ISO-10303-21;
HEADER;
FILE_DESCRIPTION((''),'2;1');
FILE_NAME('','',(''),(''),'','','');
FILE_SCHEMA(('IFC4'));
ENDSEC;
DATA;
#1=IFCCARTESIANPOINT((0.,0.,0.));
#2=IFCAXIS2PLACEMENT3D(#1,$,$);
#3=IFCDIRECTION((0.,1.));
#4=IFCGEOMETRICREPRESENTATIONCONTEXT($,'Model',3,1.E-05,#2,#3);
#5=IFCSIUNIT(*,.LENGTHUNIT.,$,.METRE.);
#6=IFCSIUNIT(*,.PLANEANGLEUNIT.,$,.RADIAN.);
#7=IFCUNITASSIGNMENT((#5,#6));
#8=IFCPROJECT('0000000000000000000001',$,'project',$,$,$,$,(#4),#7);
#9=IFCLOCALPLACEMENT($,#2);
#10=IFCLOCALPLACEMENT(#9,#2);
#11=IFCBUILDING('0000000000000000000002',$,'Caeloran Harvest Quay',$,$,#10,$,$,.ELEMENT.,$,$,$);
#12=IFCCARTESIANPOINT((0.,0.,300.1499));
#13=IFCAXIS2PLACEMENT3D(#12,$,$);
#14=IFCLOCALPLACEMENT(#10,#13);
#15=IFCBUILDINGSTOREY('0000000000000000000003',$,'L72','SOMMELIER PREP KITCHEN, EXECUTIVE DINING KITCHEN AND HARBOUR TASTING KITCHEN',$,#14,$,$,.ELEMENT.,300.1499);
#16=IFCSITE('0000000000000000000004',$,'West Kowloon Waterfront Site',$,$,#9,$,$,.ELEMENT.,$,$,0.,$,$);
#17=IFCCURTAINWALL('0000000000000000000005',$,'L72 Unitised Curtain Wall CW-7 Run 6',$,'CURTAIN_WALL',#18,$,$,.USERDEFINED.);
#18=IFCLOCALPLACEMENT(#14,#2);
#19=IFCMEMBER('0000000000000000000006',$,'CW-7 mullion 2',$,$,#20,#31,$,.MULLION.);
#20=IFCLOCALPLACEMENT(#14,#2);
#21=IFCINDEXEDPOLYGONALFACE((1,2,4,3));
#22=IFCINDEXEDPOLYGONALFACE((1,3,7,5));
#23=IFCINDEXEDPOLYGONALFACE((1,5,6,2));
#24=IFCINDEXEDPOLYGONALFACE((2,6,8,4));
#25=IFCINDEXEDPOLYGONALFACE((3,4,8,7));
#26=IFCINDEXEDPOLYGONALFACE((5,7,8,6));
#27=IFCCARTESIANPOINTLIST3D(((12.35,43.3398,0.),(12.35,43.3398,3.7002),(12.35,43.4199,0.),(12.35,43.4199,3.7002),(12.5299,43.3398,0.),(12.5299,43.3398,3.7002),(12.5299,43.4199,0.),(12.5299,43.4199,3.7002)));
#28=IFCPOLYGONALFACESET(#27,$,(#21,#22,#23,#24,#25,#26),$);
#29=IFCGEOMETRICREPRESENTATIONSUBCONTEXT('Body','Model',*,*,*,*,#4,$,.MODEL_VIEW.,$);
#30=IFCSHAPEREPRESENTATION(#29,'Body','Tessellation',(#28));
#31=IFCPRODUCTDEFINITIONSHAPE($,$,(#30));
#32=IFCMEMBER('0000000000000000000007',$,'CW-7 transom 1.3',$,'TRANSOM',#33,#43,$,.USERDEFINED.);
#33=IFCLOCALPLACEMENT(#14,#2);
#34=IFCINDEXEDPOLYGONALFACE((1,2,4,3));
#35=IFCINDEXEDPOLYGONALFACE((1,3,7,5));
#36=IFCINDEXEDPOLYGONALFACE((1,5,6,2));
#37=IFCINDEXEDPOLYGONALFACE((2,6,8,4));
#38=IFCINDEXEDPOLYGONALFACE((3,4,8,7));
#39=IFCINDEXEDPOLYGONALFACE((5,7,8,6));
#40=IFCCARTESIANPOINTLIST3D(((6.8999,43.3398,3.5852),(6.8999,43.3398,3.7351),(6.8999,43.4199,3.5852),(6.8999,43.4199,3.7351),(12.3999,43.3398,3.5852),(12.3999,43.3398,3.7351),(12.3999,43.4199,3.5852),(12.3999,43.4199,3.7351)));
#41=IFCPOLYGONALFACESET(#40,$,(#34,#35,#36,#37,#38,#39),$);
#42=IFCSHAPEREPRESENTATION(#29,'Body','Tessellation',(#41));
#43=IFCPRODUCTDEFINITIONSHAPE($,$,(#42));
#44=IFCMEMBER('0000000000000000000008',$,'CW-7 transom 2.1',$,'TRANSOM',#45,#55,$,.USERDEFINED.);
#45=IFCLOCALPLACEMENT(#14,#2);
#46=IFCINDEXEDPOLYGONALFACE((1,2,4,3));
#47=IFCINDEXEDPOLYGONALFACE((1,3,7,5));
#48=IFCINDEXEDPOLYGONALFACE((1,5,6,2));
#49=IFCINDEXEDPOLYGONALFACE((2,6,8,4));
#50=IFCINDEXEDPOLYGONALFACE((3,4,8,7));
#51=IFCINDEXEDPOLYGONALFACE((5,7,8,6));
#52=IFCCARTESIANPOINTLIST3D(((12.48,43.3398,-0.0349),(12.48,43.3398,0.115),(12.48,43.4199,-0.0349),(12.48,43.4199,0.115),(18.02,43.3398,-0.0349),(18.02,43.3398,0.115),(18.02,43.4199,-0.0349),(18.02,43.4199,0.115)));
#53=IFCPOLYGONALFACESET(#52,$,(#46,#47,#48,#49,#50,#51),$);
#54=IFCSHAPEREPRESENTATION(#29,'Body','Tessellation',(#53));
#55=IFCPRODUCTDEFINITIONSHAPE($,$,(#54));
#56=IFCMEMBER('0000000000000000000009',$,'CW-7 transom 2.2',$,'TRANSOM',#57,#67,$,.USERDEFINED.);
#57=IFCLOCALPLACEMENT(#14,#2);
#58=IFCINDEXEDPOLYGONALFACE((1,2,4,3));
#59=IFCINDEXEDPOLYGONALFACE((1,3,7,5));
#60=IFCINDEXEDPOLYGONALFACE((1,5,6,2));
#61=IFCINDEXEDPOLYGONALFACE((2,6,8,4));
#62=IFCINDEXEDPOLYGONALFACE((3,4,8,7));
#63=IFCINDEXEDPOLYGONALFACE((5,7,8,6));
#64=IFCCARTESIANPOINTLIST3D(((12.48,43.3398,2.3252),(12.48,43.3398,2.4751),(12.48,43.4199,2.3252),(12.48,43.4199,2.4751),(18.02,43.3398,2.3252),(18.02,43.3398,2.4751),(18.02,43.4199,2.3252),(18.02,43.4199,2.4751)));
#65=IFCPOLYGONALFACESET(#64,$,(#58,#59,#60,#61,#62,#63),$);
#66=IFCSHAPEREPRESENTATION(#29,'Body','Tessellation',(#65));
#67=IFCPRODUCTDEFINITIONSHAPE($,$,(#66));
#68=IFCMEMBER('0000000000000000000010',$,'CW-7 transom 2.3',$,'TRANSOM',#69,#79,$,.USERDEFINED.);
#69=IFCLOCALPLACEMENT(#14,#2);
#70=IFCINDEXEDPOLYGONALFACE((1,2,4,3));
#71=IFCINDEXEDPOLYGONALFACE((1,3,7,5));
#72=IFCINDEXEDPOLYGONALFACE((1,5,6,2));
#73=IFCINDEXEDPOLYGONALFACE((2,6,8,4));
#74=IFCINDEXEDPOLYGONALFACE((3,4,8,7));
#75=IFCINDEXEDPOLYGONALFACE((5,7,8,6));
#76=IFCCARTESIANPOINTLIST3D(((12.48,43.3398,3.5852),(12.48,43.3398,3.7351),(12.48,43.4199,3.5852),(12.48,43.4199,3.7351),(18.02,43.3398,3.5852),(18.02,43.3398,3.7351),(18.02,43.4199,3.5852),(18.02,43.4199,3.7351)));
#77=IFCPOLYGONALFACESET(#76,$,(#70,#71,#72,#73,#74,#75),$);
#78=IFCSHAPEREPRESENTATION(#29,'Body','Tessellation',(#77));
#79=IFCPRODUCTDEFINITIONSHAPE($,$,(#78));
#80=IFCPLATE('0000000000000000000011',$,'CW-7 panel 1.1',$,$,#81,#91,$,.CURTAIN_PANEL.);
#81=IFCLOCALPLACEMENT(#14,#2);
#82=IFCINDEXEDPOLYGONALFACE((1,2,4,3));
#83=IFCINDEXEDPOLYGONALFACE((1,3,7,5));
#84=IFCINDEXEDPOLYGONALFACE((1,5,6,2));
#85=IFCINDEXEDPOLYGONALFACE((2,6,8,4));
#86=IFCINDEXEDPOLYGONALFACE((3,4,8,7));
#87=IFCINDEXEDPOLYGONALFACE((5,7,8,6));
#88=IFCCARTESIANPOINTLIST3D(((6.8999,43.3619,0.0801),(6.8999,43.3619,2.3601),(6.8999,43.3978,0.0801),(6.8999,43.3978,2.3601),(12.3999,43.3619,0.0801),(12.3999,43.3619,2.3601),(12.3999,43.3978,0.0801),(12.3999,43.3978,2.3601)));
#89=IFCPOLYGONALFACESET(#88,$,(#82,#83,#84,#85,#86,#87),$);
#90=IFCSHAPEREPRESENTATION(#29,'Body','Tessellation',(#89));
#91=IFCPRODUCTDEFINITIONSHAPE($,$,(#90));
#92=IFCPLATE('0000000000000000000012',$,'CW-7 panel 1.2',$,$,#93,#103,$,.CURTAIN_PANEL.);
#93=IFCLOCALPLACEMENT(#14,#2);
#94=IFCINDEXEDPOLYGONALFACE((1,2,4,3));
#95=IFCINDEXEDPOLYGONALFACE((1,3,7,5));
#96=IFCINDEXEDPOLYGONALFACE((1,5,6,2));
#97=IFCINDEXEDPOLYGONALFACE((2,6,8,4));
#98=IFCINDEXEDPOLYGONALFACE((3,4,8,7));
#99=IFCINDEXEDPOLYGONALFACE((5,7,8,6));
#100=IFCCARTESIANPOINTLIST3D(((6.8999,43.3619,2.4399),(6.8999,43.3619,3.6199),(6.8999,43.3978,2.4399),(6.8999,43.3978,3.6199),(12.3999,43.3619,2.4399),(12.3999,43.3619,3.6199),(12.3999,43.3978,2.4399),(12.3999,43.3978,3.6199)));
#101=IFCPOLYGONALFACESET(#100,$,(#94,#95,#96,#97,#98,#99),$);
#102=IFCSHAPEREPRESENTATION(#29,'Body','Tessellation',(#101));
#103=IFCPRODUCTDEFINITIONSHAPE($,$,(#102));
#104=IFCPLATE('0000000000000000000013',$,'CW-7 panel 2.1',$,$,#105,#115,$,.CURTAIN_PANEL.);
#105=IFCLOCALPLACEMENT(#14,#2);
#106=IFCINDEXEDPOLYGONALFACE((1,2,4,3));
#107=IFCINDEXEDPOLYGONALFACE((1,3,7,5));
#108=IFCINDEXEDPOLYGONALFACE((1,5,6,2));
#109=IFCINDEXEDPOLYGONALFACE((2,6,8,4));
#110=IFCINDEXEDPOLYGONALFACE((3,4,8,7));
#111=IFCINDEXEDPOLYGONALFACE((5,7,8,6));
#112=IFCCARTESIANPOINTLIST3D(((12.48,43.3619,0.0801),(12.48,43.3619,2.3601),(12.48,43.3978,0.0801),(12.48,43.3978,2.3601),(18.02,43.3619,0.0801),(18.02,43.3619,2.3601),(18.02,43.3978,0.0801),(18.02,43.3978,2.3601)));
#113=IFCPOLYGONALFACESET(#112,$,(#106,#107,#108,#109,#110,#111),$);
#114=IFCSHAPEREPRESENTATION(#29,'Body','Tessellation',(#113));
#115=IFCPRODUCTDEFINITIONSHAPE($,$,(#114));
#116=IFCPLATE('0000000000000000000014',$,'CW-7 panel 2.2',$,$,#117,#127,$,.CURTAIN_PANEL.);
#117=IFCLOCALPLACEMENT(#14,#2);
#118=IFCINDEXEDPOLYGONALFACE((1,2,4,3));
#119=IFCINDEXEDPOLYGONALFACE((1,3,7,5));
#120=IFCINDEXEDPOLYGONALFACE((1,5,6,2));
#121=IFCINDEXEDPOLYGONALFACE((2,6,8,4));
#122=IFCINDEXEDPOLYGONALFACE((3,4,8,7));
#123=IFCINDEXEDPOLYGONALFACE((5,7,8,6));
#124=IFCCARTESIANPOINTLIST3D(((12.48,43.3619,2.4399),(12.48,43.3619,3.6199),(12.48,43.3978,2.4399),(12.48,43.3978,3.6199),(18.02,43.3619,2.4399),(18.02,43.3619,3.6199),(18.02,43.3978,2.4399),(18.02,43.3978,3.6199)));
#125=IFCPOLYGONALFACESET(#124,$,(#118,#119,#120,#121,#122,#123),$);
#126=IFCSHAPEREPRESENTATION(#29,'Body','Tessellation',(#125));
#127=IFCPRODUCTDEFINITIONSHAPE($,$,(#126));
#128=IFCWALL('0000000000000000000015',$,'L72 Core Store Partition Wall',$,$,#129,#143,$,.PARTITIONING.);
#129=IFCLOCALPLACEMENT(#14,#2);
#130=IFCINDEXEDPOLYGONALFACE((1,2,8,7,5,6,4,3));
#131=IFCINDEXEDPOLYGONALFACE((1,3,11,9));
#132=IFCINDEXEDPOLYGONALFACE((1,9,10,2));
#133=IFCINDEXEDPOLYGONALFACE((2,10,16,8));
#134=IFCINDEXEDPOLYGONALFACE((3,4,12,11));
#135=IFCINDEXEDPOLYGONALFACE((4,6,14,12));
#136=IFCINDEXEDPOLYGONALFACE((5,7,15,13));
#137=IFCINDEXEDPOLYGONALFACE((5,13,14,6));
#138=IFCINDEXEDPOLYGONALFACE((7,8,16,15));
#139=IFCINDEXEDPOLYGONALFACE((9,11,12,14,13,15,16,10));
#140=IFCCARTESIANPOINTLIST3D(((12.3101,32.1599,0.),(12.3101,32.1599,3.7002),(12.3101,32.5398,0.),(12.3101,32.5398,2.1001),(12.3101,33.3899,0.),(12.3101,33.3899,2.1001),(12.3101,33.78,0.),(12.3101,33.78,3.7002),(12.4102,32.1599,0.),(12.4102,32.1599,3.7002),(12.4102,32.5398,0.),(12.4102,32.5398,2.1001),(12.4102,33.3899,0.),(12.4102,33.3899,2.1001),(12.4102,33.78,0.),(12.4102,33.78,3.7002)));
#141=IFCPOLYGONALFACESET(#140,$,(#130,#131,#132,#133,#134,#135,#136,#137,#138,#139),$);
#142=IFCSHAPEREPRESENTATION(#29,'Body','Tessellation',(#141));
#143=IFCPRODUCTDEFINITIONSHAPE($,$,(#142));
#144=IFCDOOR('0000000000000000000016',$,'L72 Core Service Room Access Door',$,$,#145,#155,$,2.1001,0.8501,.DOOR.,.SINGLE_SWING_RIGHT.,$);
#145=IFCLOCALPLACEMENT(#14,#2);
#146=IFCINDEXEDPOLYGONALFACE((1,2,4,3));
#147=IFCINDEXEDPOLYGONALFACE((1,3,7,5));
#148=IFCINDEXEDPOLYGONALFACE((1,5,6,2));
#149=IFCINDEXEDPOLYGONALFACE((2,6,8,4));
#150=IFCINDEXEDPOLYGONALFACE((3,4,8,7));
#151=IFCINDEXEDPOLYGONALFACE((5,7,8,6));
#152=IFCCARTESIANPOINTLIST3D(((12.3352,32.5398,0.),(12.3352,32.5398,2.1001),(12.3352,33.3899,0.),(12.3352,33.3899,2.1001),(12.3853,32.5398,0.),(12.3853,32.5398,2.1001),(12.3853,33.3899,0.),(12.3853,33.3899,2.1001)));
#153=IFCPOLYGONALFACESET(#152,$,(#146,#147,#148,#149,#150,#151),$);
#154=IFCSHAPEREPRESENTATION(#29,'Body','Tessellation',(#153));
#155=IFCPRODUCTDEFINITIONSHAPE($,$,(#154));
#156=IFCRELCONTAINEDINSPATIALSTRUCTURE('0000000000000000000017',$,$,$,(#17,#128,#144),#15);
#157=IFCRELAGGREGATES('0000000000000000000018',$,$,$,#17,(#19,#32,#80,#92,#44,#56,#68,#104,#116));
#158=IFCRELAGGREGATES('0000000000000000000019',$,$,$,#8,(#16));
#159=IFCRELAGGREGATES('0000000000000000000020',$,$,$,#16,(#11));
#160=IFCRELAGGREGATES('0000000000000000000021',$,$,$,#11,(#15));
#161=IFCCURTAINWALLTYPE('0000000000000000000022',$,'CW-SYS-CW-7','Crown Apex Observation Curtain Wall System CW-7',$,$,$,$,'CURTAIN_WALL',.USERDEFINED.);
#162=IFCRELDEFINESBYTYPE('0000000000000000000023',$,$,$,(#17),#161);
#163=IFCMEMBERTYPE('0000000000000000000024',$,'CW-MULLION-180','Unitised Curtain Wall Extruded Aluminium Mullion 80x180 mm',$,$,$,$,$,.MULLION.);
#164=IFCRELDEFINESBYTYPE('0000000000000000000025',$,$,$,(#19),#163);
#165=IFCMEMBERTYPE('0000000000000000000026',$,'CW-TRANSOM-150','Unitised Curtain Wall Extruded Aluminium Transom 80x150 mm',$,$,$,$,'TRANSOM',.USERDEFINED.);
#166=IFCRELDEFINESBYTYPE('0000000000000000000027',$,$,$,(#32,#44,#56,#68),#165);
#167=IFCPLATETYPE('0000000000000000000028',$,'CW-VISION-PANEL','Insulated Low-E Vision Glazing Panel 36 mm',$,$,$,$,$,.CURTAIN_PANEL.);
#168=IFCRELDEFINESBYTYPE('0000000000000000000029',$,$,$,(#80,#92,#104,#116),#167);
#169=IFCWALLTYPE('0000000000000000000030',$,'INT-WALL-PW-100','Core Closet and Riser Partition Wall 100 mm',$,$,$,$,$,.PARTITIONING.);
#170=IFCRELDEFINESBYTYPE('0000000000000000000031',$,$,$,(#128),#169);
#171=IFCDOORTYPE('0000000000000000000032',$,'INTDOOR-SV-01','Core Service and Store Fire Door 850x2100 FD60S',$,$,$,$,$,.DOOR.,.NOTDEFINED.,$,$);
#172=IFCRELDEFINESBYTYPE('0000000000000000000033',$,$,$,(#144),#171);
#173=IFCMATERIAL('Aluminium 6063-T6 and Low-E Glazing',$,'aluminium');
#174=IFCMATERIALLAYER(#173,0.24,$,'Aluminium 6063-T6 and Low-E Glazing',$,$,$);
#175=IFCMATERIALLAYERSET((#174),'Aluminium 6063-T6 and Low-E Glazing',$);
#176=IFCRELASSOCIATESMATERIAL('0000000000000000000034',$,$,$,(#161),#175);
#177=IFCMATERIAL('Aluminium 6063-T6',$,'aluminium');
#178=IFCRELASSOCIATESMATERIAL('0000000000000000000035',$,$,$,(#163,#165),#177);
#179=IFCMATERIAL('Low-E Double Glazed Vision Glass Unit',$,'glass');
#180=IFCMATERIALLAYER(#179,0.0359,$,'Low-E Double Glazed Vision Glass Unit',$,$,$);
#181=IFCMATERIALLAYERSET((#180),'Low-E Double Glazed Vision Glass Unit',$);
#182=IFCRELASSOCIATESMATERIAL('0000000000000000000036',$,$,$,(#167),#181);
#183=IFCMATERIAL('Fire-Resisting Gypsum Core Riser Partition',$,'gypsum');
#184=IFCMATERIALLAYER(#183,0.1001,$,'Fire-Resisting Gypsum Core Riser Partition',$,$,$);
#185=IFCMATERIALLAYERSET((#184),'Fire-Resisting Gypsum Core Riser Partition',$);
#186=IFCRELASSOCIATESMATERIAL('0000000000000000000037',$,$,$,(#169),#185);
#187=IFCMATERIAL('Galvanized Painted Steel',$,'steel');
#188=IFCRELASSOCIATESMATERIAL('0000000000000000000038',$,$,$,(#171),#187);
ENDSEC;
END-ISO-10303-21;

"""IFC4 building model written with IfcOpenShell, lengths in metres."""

from ifc_helpers import new_model, si_unit, direction, frame, frame_2d, origin, origin_2d, place, context, subcontext, project, spatial, rectangle, extrude, material, layer, layer_set, material_profile, profile_set, type_object, element, fill, aggregate, save


model = new_model("IFC4")

# Units and contexts
model_context = context("Model", 3, precision=1e-05, world=origin(), true_north=direction((0.0, 1.0)))
body_context = subcontext(model_context, "Body", "Model", "MODEL_VIEW")
ifc_project = project(units=[si_unit("LENGTHUNIT", "METRE"), si_unit("PLANEANGLEUNIT", "RADIAN")], contexts=[model_context])

# Site, building, storey
site_placement = place(None, origin())
site = spatial("IfcSite", under=ifc_project, at=site_placement, Name="West Kowloon Waterfront Site", CompositionType="ELEMENT", RefElevation=0.0)
building_placement = place(site_placement, origin())
building = spatial("IfcBuilding", under=site, at=building_placement, Name="Caeloran Harvest Quay", CompositionType="ELEMENT")
storey_placement = place(building_placement, frame((0.0, 0.0, 300.1499)))
storey = spatial("IfcBuildingStorey", under=building, at=storey_placement, Name="L72", Description="SOMMELIER PREP KITCHEN, EXECUTIVE DINING KITCHEN AND HARBOUR TASTING KITCHEN", CompositionType="ELEMENT", Elevation=300.1499)

# Curtain wall, members, plates
ifc_material_1 = material(Name="Aluminium 6063-T6 and Low-E Glazing", Category="aluminium")
ifc_layer_1 = layer(ifc_material_1, 0.24, Name="Aluminium 6063-T6 and Low-E Glazing")
ifc_layer_set_1 = layer_set([ifc_layer_1], Name="Aluminium 6063-T6 and Low-E Glazing")
curtain_wall_type = type_object("IfcCurtainWallType", Name="CW-SYS-CW-7", Description="Crown Apex Observation Curtain Wall System CW-7", ElementType="CURTAIN_WALL", PredefinedType="USERDEFINED", material=ifc_layer_set_1)
curtain_wall_placement = place(storey_placement, origin())
curtain_wall = element("IfcCurtainWall", 1, at=curtain_wall_placement, inside=storey, type_object=curtain_wall_type, Name="L72 Unitised Curtain Wall CW-7 Run 6", ObjectType="CURTAIN_WALL", PredefinedType="USERDEFINED")
ifc_material_2 = material(Name="Aluminium 6063-T6", Category="aluminium")
ifc_material_profile_1 = material_profile(ifc_material_2, rectangle(XDim=0.0801, YDim=0.1799, at=origin_2d()), Name="CW-MULLION-180")
ifc_profile_set_1 = profile_set([ifc_material_profile_1], Name="Aluminium 6063-T6")
member_type_1 = type_object("IfcMemberType", Name="CW-MULLION-180", Description="Unitised Curtain Wall Extruded Aluminium Mullion 80x180 mm", PredefinedType="MULLION", material=ifc_profile_set_1)
member_1_placement = place(storey_placement, frame((12.4399, 43.3799, 0.0), z_axis=(0.0, 0.0, 1.0), x_axis=(0.0, 1.0, 0.0)))
member_1 = element("IfcMember", 2, at=member_1_placement, type_object=member_type_1, Name="CW-7 mullion 2", PredefinedType="MULLION", context=body_context, shape_type="SweptSolid", body=[
    extrude(rectangle(XDim=0.0801, YDim=0.1799, at=origin_2d()), origin(), (0.0, 0.0, 1.0), 3.7002),
])
ifc_material_profile_2 = material_profile(ifc_material_2, rectangle(XDim=0.0801, YDim=0.1499, at=origin_2d()), Name="CW-TRANSOM-150")
ifc_profile_set_2 = profile_set([ifc_material_profile_2], Name="Aluminium 6063-T6")
member_type_2 = type_object("IfcMemberType", Name="CW-TRANSOM-150", Description="Unitised Curtain Wall Extruded Aluminium Transom 80x150 mm", ElementType="TRANSOM", PredefinedType="USERDEFINED", material=ifc_profile_set_2)
member_2_placement = place(storey_placement, frame((6.8999, 43.3799, 3.6602), z_axis=(1.0, 0.0, 0.0), x_axis=(0.0, 1.0, 0.0)))
member_2 = element("IfcMember", 3, at=member_2_placement, type_object=member_type_2, Name="CW-7 transom 1.3", ObjectType="TRANSOM", PredefinedType="USERDEFINED", context=body_context, shape_type="SweptSolid", body=[
    extrude(rectangle(XDim=0.0801, YDim=0.1499, at=origin_2d()), origin(), (0.0, 0.0, 1.0), 5.5),
])
member_3_placement = place(storey_placement, frame((12.48, 43.3799, 0.04), z_axis=(1.0, 0.0, 0.0), x_axis=(0.0, 1.0, 0.0)))
member_3 = element("IfcMember", 4, at=member_3_placement, type_object=member_type_2, Name="CW-7 transom 2.1", ObjectType="TRANSOM", PredefinedType="USERDEFINED", context=body_context, shape_type="SweptSolid", body=[
    extrude(rectangle(XDim=0.0801, YDim=0.1499, at=origin_2d()), origin(), (0.0, 0.0, 1.0), 5.54),
])
member_4_placement = place(storey_placement, frame((12.48, 43.3799, 2.4001), z_axis=(1.0, 0.0, 0.0), x_axis=(0.0, 1.0, 0.0)))
member_4 = element("IfcMember", 5, at=member_4_placement, type_object=member_type_2, Name="CW-7 transom 2.2", ObjectType="TRANSOM", PredefinedType="USERDEFINED", context=body_context, shape_type="SweptSolid", body=[
    extrude(rectangle(XDim=0.0801, YDim=0.1499, at=origin_2d()), origin(), (0.0, 0.0, 1.0), 5.54),
])
member_5_placement = place(storey_placement, frame((12.48, 43.3799, 3.6602), z_axis=(1.0, 0.0, 0.0), x_axis=(0.0, 1.0, 0.0)))
member_5 = element("IfcMember", 6, at=member_5_placement, type_object=member_type_2, Name="CW-7 transom 2.3", ObjectType="TRANSOM", PredefinedType="USERDEFINED", context=body_context, shape_type="SweptSolid", body=[
    extrude(rectangle(XDim=0.0801, YDim=0.1499, at=origin_2d()), origin(), (0.0, 0.0, 1.0), 5.54),
])
ifc_material_3 = material(Name="Low-E Double Glazed Vision Glass Unit", Category="glass")
ifc_layer_2 = layer(ifc_material_3, 0.0359, Name="Low-E Double Glazed Vision Glass Unit")
ifc_layer_set_2 = layer_set([ifc_layer_2], Name="Low-E Double Glazed Vision Glass Unit")
plate_type = type_object("IfcPlateType", Name="CW-VISION-PANEL", Description="Insulated Low-E Vision Glazing Panel 36 mm", PredefinedType="CURTAIN_PANEL", material=ifc_layer_set_2)
plate_1_placement = place(storey_placement, frame((9.6499, 43.3799, 0.0801), z_axis=(0.0, 0.0, 1.0), x_axis=(1.0, 0.0, 0.0)))
plate_1 = element("IfcPlate", 7, at=plate_1_placement, type_object=plate_type, Name="CW-7 panel 1.1", PredefinedType="CURTAIN_PANEL", context=body_context, shape_type="SweptSolid", body=[
    extrude(rectangle(XDim=5.5, YDim=0.0359, at=origin_2d()), origin(), (0.0, 0.0, 1.0), 2.28),
])
plate_2_placement = place(storey_placement, frame((9.6499, 43.3799, 2.4399), z_axis=(0.0, 0.0, 1.0), x_axis=(1.0, 0.0, 0.0)))
plate_2 = element("IfcPlate", 8, at=plate_2_placement, type_object=plate_type, Name="CW-7 panel 1.2", PredefinedType="CURTAIN_PANEL", context=body_context, shape_type="SweptSolid", body=[
    extrude(rectangle(XDim=5.5, YDim=0.0359, at=origin_2d()), origin(), (0.0, 0.0, 1.0), 1.1799),
])
plate_3_placement = place(storey_placement, frame((15.25, 43.3799, 0.0801), z_axis=(0.0, 0.0, 1.0), x_axis=(1.0, 0.0, 0.0)))
plate_3 = element("IfcPlate", 9, at=plate_3_placement, type_object=plate_type, Name="CW-7 panel 2.1", PredefinedType="CURTAIN_PANEL", context=body_context, shape_type="SweptSolid", body=[
    extrude(rectangle(XDim=5.54, YDim=0.0359, at=origin_2d()), origin(), (0.0, 0.0, 1.0), 2.28),
])
plate_4_placement = place(storey_placement, frame((15.25, 43.3799, 2.4399), z_axis=(0.0, 0.0, 1.0), x_axis=(1.0, 0.0, 0.0)))
plate_4 = element("IfcPlate", 10, at=plate_4_placement, type_object=plate_type, Name="CW-7 panel 2.2", PredefinedType="CURTAIN_PANEL", context=body_context, shape_type="SweptSolid", body=[
    extrude(rectangle(XDim=5.54, YDim=0.0359, at=origin_2d()), origin(), (0.0, 0.0, 1.0), 1.1799),
])
aggregate(curtain_wall, [member_1, member_2, plate_1, plate_2, member_3, member_4, member_5, plate_3, plate_4])

# Wall, opening, door
ifc_material_4 = material(Name="Fire-Resisting Gypsum Core Riser Partition", Category="gypsum")
ifc_layer_3 = layer(ifc_material_4, 0.1001, Name="Fire-Resisting Gypsum Core Riser Partition")
ifc_layer_set_3 = layer_set([ifc_layer_3], Name="Fire-Resisting Gypsum Core Riser Partition")
wall_type_1 = type_object("IfcWallType", Name="INT-WALL-PW-100", Description="Core Closet and Riser Partition Wall 100 mm", PredefinedType="PARTITIONING", material=ifc_layer_set_3)
wall_1_placement = place(storey_placement, frame((12.3601, 32.1599, 0.0), z_axis=(0.0, 0.0, 1.0), x_axis=(0.0, 1.0, 0.0)))
wall_1 = element("IfcWall", 11, at=wall_1_placement, inside=storey, type_object=wall_type_1, Name="L72 Core Store Partition Wall", PredefinedType="PARTITIONING", context=body_context, shape_type="SweptSolid", body=[
    extrude(rectangle(XDim=1.6201, YDim=0.1001, at=frame_2d((0.8101, 0.0))), origin(), (0.0, 0.0, 1.0), 3.7002),
])
opening_1_placement = place(wall_1_placement, frame((0.3799, 0.0, 0.0)))
opening_1 = element("IfcOpeningElement", 12, at=opening_1_placement, cuts=wall_1, PredefinedType="OPENING", context=body_context, shape_type="SweptSolid", body=[
    extrude(rectangle(XDim=0.8501, YDim=2.1001, at=frame_2d((0.425, 1.05))), frame((0.0, 0.0601, 0.0), z_axis=(0.0, -1.0, 0.0), x_axis=(1.0, 0.0, 0.0)), (0.0, 0.0, 1.0), 0.1201),
])
ifc_material_5 = material(Name="Galvanized Painted Steel", Category="steel")
door_type_1 = type_object("IfcDoorType", Name="INTDOOR-SV-01", Description="Core Service and Store Fire Door 850x2100 FD60S", OperationType="NOTDEFINED", PredefinedType="DOOR", material=ifc_material_5)
door_1_placement = place(opening_1_placement, origin())
door_1 = element("IfcDoor", 13, at=door_1_placement, inside=storey, type_object=door_type_1, Name="L72 Core Service Room Access Door", OperationType="SINGLE_SWING_RIGHT", OverallHeight=2.1001, OverallWidth=0.8501, PredefinedType="DOOR", context=body_context, shape_type="SweptSolid", body=[
    extrude(rectangle(XDim=0.8501, YDim=2.1001, at=frame_2d((0.425, 1.05))), frame((0.0, 0.0249, 0.0), z_axis=(0.0, -1.0, 0.0), x_axis=(1.0, 0.0, 0.0)), (0.0, 0.0, 1.0), 0.05),
])
fill(opening_1, door_1)

save(model, "model.ifc")
